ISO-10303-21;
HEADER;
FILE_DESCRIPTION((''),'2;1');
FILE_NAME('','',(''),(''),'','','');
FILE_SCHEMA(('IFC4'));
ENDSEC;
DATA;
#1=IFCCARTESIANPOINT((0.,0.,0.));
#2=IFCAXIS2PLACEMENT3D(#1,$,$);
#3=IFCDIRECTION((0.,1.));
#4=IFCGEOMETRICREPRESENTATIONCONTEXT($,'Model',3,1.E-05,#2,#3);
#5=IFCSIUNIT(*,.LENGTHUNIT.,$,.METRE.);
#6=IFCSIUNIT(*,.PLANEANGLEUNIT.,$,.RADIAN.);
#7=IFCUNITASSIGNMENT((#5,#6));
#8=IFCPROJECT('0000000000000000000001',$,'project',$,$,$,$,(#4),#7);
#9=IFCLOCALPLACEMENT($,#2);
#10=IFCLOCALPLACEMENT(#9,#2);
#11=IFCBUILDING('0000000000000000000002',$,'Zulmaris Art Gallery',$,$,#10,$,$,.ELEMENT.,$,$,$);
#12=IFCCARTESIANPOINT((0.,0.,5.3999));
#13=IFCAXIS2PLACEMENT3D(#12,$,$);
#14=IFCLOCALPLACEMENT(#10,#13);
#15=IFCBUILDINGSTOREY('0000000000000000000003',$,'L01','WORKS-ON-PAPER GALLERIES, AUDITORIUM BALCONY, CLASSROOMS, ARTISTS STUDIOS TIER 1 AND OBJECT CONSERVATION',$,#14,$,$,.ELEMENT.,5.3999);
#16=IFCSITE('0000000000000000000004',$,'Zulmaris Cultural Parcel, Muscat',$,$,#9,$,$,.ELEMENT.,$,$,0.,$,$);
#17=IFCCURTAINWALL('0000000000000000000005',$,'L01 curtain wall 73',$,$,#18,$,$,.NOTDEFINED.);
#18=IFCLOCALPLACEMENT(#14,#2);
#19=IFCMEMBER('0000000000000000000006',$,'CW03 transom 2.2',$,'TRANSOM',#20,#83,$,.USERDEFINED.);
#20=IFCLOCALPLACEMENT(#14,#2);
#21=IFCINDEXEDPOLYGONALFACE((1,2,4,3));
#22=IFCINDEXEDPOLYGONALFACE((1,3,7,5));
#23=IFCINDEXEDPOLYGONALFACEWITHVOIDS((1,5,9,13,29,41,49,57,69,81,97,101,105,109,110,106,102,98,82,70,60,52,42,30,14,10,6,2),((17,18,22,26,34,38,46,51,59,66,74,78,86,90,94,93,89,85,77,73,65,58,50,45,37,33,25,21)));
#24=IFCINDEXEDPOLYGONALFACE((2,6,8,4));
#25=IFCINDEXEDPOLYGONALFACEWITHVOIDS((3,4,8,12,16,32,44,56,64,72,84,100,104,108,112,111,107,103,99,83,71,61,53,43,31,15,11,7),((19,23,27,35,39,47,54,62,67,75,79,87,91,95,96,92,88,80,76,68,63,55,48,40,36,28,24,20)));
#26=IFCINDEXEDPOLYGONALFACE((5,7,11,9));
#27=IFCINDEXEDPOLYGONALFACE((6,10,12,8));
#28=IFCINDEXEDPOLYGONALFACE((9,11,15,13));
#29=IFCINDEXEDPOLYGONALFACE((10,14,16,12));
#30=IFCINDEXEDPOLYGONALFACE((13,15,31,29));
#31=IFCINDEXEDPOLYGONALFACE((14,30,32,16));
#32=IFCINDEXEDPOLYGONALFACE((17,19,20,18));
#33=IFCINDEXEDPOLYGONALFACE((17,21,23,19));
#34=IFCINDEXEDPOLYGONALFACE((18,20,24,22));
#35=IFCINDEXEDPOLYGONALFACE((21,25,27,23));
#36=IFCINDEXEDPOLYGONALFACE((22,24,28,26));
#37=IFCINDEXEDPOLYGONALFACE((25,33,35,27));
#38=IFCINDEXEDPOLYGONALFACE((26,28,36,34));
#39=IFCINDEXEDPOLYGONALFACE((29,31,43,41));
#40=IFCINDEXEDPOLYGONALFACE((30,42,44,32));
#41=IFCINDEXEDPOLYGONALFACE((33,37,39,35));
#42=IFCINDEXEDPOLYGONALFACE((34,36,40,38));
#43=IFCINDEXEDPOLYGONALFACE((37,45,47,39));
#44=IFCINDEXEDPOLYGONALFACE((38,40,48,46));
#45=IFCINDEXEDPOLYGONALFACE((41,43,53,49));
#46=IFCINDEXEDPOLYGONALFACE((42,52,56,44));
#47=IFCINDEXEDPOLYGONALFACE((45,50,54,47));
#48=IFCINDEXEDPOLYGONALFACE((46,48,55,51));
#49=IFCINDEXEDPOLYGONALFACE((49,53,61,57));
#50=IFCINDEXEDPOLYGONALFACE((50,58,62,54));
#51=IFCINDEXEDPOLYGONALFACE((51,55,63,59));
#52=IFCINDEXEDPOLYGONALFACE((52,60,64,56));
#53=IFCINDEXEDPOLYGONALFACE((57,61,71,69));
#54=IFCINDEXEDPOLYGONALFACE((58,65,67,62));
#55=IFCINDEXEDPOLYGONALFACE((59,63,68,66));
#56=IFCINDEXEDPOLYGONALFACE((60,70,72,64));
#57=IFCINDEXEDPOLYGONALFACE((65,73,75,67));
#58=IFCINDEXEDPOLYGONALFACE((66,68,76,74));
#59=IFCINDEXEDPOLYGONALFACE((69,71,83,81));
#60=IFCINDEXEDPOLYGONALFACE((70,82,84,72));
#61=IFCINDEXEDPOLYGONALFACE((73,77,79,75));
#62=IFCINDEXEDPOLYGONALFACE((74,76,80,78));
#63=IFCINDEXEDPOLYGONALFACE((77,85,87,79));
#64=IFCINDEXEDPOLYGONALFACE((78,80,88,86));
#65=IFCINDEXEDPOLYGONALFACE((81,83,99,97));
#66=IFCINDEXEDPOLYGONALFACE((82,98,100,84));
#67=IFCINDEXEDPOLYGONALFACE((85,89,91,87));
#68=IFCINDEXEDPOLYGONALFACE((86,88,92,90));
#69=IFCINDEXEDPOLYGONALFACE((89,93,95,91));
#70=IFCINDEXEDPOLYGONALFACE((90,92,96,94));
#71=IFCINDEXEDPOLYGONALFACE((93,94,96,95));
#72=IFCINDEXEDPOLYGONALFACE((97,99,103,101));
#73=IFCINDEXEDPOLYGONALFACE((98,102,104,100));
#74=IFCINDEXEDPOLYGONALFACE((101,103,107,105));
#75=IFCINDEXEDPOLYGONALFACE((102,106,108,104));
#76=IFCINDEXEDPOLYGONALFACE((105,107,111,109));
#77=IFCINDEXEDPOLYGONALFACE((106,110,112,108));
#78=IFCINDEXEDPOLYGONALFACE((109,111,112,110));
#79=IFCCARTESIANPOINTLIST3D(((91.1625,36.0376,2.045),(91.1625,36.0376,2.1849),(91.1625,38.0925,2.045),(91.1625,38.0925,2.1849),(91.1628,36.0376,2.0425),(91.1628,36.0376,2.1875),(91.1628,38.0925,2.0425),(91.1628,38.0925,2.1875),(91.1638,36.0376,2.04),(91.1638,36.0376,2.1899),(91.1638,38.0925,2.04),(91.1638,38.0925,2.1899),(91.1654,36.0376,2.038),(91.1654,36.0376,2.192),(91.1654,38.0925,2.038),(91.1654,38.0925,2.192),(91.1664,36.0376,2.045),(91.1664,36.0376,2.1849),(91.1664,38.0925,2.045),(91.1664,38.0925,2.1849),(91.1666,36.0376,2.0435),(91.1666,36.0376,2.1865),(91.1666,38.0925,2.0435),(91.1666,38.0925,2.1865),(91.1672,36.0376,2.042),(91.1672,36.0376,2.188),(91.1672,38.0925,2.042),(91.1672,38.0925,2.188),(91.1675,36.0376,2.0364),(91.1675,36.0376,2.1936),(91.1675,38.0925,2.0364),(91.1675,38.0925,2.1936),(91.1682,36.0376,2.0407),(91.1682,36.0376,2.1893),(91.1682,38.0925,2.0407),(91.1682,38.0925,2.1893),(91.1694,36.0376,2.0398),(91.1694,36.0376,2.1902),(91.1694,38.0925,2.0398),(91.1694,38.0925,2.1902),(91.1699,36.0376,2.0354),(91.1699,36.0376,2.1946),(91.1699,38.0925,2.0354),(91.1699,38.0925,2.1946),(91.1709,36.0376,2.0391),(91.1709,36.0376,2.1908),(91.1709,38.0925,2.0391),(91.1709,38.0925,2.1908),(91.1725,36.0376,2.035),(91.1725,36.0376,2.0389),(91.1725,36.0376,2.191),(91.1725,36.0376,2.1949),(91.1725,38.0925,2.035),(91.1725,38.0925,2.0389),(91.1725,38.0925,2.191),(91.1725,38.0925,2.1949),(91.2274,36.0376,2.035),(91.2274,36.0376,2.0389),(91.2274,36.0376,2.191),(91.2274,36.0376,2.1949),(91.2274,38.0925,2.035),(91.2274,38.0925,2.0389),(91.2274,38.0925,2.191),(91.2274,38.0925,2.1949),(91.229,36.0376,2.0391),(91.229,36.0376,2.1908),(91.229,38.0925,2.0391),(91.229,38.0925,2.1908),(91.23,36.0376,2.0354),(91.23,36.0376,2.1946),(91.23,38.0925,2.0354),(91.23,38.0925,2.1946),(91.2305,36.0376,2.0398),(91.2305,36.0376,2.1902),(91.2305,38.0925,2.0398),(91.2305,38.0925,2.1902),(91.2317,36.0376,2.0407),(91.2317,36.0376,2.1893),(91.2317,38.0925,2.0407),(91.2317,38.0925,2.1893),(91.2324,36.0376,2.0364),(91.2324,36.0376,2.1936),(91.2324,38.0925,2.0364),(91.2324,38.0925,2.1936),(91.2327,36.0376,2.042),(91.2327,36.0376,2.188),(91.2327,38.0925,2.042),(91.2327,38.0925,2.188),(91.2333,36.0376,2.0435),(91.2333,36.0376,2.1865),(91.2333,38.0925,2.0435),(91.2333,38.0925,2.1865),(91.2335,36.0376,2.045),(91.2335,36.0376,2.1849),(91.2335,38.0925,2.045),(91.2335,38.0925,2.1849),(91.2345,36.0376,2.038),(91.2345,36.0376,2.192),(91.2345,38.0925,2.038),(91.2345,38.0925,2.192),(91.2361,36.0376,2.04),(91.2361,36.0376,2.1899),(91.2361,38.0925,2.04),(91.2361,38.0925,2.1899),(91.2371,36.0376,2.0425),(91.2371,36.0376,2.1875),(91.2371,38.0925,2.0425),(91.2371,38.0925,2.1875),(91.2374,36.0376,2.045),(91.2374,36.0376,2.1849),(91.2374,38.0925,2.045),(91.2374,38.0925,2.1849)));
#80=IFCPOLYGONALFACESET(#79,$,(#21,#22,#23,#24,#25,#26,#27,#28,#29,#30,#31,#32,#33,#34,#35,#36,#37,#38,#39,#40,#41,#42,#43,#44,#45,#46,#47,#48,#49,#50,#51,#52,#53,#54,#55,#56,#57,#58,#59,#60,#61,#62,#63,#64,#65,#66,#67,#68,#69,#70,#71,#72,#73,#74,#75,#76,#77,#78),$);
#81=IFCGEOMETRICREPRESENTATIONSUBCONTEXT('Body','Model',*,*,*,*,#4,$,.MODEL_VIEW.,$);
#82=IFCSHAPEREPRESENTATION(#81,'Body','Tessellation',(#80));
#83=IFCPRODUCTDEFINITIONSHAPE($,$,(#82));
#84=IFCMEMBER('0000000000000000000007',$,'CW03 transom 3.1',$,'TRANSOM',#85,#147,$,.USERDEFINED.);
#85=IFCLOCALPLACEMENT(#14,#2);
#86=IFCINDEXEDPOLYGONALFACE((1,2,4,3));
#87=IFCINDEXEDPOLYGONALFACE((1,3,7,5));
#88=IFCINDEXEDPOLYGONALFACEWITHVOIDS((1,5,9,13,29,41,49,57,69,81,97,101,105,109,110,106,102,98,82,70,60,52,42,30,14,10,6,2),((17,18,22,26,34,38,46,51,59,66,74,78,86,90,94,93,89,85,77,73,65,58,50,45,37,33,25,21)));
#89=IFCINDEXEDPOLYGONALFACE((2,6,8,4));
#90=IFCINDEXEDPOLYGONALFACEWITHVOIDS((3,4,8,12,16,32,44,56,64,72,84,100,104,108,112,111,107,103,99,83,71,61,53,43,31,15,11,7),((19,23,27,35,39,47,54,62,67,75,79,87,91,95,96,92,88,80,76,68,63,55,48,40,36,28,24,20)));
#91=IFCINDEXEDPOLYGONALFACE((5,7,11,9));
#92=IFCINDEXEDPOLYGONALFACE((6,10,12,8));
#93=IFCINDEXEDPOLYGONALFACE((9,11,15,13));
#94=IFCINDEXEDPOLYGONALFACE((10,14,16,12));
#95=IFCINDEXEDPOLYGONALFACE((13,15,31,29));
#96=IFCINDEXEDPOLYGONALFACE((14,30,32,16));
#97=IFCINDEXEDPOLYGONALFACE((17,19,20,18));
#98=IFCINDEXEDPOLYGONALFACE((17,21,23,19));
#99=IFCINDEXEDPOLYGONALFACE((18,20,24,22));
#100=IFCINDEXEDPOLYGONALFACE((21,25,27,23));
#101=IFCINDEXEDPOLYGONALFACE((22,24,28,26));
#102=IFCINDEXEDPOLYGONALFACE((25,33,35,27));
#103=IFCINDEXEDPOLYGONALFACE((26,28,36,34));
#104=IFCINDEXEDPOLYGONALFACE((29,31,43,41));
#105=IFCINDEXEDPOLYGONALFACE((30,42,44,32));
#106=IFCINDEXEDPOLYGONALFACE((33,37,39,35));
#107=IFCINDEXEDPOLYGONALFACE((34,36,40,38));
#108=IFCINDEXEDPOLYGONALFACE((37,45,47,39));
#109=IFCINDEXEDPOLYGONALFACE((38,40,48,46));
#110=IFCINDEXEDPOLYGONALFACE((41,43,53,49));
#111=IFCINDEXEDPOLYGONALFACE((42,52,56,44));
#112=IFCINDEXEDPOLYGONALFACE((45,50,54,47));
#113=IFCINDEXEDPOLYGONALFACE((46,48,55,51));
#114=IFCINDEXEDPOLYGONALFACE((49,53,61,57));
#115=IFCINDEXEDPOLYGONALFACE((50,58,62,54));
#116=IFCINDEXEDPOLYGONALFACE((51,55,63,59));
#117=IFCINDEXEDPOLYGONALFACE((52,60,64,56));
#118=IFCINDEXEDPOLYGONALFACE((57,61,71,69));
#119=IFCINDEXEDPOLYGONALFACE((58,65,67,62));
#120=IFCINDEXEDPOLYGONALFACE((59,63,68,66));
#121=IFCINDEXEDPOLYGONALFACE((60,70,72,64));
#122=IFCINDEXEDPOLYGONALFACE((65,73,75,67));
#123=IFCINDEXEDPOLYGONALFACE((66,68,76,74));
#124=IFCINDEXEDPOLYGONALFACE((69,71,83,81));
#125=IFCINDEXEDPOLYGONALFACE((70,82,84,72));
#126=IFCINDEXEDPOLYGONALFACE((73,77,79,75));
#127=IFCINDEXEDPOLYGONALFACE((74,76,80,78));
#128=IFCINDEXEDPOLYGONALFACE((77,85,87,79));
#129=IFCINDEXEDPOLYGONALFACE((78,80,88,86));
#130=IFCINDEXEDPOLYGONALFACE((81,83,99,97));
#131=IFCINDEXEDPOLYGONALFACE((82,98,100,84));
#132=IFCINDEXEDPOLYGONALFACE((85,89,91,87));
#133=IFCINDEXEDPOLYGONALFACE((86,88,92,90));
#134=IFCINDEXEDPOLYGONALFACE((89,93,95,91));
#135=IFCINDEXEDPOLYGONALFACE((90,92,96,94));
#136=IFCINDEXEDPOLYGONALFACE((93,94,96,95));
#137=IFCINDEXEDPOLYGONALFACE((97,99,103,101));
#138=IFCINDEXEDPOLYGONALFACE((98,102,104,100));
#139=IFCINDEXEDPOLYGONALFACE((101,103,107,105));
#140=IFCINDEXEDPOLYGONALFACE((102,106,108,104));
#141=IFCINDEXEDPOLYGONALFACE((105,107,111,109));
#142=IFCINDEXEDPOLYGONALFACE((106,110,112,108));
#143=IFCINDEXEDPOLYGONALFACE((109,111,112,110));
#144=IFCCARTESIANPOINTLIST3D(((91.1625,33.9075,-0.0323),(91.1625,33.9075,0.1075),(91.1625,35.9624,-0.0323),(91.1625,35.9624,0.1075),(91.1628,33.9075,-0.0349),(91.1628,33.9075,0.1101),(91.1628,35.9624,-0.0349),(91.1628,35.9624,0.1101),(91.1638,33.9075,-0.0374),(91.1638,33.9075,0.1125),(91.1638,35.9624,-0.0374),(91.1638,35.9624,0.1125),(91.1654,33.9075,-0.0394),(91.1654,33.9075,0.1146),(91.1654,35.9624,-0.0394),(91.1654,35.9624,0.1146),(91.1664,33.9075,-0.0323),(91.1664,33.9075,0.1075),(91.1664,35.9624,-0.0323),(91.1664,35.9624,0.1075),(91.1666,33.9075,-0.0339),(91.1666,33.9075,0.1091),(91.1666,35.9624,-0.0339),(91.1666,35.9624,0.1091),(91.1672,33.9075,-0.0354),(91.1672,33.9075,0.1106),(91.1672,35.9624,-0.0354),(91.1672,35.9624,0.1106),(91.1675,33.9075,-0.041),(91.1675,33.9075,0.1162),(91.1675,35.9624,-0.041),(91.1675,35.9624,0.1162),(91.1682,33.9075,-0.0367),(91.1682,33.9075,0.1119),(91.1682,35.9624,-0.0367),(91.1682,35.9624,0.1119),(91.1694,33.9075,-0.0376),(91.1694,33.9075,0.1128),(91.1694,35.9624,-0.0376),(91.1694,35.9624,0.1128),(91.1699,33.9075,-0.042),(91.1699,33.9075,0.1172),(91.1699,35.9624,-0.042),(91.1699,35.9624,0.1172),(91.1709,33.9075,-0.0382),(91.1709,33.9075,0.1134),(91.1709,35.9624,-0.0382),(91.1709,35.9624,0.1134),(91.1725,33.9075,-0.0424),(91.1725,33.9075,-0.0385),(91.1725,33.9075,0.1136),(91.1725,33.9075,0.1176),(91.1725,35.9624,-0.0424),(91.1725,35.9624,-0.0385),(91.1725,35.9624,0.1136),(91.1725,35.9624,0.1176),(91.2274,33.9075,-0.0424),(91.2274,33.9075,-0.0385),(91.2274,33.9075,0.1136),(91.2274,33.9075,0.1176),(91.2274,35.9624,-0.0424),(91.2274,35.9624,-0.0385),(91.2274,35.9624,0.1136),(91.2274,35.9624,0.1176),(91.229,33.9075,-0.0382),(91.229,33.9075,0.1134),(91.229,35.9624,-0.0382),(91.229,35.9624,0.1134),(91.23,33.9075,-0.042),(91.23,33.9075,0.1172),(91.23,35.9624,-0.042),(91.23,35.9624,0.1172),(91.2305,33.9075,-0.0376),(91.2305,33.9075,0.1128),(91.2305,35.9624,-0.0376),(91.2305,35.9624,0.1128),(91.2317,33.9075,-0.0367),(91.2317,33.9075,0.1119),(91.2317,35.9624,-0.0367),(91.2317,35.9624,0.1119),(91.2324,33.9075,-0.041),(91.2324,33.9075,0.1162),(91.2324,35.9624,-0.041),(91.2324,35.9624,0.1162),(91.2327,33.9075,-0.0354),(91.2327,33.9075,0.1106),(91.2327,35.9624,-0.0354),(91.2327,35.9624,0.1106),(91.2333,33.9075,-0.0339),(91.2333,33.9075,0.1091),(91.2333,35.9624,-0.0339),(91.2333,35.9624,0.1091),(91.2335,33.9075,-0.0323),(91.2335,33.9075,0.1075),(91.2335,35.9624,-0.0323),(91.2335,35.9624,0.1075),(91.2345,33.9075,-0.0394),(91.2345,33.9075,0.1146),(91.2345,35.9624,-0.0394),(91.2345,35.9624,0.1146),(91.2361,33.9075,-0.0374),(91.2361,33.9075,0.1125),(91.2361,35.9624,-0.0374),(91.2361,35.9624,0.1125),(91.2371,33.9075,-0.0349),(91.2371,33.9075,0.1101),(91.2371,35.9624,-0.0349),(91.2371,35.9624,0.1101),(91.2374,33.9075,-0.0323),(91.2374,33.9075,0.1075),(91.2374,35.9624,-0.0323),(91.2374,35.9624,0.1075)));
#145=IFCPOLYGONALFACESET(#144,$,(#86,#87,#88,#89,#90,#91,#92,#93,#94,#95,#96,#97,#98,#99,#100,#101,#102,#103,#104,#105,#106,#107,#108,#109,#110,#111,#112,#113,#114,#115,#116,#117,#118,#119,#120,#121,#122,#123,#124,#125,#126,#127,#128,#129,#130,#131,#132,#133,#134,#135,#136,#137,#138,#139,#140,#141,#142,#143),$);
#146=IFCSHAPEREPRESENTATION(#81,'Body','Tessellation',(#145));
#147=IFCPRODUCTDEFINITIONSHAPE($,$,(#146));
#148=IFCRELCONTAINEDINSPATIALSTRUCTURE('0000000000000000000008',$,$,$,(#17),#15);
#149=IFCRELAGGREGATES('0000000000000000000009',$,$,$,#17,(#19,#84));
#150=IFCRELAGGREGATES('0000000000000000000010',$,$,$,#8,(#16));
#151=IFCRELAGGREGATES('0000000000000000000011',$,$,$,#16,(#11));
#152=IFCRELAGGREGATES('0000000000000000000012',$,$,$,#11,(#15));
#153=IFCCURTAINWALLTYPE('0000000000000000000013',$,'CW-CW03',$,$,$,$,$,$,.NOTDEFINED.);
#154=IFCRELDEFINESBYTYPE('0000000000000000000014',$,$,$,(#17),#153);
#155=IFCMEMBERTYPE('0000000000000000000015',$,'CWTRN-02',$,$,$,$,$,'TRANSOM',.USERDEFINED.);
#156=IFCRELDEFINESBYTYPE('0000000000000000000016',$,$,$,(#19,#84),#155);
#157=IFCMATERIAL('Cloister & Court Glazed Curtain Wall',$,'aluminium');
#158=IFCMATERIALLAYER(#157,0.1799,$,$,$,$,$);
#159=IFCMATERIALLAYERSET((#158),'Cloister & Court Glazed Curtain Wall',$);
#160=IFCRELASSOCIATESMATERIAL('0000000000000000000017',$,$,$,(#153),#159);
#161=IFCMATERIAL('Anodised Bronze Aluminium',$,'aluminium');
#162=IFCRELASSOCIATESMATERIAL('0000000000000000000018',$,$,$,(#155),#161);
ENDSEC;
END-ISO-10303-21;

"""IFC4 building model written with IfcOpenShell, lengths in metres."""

from ifc_helpers import new_model, si_unit, direction, frame, origin, origin_2d, place, context, subcontext, project, spatial, hollow_rectangle, extrude, material, layer, layer_set, material_profile, profile_set, type_object, element, aggregate, save


model = new_model("IFC4")

# Units and contexts
model_context = context("Model", 3, precision=1e-05, world=origin(), true_north=direction((0.0, 1.0)))
body_context = subcontext(model_context, "Body", "Model", "MODEL_VIEW")
ifc_project = project(units=[si_unit("LENGTHUNIT", "METRE"), si_unit("PLANEANGLEUNIT", "RADIAN")], contexts=[model_context])

# Site, building, storey
site_placement = place(None, origin())
site = spatial("IfcSite", under=ifc_project, at=site_placement, Name="Zulmaris Cultural Parcel, Muscat", CompositionType="ELEMENT", RefElevation=0.0)
building_placement = place(site_placement, origin())
building = spatial("IfcBuilding", under=site, at=building_placement, Name="Zulmaris Art Gallery", CompositionType="ELEMENT")
storey_placement = place(building_placement, frame((0.0, 0.0, 5.3999)))
storey = spatial("IfcBuildingStorey", under=building, at=storey_placement, Name="L01", Description="WORKS-ON-PAPER GALLERIES, AUDITORIUM BALCONY, CLASSROOMS, ARTISTS STUDIOS TIER 1 AND OBJECT CONSERVATION", CompositionType="ELEMENT", Elevation=5.3999)

# Shared definitions
ifc_material_1 = material(Name="Cloister & Court Glazed Curtain Wall", Category="aluminium")
ifc_layer_1 = layer(ifc_material_1, 0.1799)
ifc_layer_set_1 = layer_set([ifc_layer_1], Name="Cloister & Court Glazed Curtain Wall")
curtain_wall_type = type_object("IfcCurtainWallType", Name="CW-CW03", PredefinedType="NOTDEFINED", material=ifc_layer_set_1)
ifc_material_2 = material(Name="Anodised Bronze Aluminium", Category="aluminium")

# Curtain wall
curtain_wall_1_placement = place(storey_placement, origin())
curtain_wall_1 = element("IfcCurtainWall", 1, at=curtain_wall_1_placement, inside=storey, type_object=curtain_wall_type, Name="L01 curtain wall 73", PredefinedType="NOTDEFINED")

# Members
ifc_material_profile_1 = material_profile(ifc_material_2, hollow_rectangle(XDim=0.075, YDim=0.1599, WallThickness=0.0039, InnerFilletRadius=0.0061, OuterFilletRadius=0.01, at=origin_2d()), Name="ALU 75x160x4")
ifc_profile_set_1 = profile_set([ifc_material_profile_1], Name="Anodised Bronze Aluminium")
member_type_1 = type_object("IfcMemberType", Name="CWTRN-02", ElementType="TRANSOM", PredefinedType="USERDEFINED", material=ifc_profile_set_1)
member_1_placement = place(storey_placement, frame((91.2, 38.0925, 2.115), z_axis=(0.0, -1.0, 0.0), x_axis=(1.0, 0.0, 0.0)))
member_1 = element("IfcMember", 2, at=member_1_placement, type_object=member_type_1, Name="CW03 transom 2.2", ObjectType="TRANSOM", PredefinedType="USERDEFINED", context=body_context, shape_type="SweptSolid", body=[
    extrude(hollow_rectangle(XDim=0.075, YDim=0.1599, WallThickness=0.0039, InnerFilletRadius=0.0061, OuterFilletRadius=0.01, at=origin_2d()), origin(), (0.0, 0.0, 1.0), 2.0549),
])
member_2_placement = place(storey_placement, frame((91.2, 35.9624, 0.0376), z_axis=(0.0, -1.0, 0.0), x_axis=(1.0, 0.0, 0.0)))
member_2 = element("IfcMember", 3, at=member_2_placement, type_object=member_type_1, Name="CW03 transom 3.1", ObjectType="TRANSOM", PredefinedType="USERDEFINED", context=body_context, shape_type="SweptSolid", body=[
    extrude(hollow_rectangle(XDim=0.075, YDim=0.1599, WallThickness=0.0039, InnerFilletRadius=0.0061, OuterFilletRadius=0.01, at=origin_2d()), origin(), (0.0, 0.0, 1.0), 2.0549),
])

aggregate(curtain_wall_1, [member_1, member_2])

save(model, "model.ifc")
